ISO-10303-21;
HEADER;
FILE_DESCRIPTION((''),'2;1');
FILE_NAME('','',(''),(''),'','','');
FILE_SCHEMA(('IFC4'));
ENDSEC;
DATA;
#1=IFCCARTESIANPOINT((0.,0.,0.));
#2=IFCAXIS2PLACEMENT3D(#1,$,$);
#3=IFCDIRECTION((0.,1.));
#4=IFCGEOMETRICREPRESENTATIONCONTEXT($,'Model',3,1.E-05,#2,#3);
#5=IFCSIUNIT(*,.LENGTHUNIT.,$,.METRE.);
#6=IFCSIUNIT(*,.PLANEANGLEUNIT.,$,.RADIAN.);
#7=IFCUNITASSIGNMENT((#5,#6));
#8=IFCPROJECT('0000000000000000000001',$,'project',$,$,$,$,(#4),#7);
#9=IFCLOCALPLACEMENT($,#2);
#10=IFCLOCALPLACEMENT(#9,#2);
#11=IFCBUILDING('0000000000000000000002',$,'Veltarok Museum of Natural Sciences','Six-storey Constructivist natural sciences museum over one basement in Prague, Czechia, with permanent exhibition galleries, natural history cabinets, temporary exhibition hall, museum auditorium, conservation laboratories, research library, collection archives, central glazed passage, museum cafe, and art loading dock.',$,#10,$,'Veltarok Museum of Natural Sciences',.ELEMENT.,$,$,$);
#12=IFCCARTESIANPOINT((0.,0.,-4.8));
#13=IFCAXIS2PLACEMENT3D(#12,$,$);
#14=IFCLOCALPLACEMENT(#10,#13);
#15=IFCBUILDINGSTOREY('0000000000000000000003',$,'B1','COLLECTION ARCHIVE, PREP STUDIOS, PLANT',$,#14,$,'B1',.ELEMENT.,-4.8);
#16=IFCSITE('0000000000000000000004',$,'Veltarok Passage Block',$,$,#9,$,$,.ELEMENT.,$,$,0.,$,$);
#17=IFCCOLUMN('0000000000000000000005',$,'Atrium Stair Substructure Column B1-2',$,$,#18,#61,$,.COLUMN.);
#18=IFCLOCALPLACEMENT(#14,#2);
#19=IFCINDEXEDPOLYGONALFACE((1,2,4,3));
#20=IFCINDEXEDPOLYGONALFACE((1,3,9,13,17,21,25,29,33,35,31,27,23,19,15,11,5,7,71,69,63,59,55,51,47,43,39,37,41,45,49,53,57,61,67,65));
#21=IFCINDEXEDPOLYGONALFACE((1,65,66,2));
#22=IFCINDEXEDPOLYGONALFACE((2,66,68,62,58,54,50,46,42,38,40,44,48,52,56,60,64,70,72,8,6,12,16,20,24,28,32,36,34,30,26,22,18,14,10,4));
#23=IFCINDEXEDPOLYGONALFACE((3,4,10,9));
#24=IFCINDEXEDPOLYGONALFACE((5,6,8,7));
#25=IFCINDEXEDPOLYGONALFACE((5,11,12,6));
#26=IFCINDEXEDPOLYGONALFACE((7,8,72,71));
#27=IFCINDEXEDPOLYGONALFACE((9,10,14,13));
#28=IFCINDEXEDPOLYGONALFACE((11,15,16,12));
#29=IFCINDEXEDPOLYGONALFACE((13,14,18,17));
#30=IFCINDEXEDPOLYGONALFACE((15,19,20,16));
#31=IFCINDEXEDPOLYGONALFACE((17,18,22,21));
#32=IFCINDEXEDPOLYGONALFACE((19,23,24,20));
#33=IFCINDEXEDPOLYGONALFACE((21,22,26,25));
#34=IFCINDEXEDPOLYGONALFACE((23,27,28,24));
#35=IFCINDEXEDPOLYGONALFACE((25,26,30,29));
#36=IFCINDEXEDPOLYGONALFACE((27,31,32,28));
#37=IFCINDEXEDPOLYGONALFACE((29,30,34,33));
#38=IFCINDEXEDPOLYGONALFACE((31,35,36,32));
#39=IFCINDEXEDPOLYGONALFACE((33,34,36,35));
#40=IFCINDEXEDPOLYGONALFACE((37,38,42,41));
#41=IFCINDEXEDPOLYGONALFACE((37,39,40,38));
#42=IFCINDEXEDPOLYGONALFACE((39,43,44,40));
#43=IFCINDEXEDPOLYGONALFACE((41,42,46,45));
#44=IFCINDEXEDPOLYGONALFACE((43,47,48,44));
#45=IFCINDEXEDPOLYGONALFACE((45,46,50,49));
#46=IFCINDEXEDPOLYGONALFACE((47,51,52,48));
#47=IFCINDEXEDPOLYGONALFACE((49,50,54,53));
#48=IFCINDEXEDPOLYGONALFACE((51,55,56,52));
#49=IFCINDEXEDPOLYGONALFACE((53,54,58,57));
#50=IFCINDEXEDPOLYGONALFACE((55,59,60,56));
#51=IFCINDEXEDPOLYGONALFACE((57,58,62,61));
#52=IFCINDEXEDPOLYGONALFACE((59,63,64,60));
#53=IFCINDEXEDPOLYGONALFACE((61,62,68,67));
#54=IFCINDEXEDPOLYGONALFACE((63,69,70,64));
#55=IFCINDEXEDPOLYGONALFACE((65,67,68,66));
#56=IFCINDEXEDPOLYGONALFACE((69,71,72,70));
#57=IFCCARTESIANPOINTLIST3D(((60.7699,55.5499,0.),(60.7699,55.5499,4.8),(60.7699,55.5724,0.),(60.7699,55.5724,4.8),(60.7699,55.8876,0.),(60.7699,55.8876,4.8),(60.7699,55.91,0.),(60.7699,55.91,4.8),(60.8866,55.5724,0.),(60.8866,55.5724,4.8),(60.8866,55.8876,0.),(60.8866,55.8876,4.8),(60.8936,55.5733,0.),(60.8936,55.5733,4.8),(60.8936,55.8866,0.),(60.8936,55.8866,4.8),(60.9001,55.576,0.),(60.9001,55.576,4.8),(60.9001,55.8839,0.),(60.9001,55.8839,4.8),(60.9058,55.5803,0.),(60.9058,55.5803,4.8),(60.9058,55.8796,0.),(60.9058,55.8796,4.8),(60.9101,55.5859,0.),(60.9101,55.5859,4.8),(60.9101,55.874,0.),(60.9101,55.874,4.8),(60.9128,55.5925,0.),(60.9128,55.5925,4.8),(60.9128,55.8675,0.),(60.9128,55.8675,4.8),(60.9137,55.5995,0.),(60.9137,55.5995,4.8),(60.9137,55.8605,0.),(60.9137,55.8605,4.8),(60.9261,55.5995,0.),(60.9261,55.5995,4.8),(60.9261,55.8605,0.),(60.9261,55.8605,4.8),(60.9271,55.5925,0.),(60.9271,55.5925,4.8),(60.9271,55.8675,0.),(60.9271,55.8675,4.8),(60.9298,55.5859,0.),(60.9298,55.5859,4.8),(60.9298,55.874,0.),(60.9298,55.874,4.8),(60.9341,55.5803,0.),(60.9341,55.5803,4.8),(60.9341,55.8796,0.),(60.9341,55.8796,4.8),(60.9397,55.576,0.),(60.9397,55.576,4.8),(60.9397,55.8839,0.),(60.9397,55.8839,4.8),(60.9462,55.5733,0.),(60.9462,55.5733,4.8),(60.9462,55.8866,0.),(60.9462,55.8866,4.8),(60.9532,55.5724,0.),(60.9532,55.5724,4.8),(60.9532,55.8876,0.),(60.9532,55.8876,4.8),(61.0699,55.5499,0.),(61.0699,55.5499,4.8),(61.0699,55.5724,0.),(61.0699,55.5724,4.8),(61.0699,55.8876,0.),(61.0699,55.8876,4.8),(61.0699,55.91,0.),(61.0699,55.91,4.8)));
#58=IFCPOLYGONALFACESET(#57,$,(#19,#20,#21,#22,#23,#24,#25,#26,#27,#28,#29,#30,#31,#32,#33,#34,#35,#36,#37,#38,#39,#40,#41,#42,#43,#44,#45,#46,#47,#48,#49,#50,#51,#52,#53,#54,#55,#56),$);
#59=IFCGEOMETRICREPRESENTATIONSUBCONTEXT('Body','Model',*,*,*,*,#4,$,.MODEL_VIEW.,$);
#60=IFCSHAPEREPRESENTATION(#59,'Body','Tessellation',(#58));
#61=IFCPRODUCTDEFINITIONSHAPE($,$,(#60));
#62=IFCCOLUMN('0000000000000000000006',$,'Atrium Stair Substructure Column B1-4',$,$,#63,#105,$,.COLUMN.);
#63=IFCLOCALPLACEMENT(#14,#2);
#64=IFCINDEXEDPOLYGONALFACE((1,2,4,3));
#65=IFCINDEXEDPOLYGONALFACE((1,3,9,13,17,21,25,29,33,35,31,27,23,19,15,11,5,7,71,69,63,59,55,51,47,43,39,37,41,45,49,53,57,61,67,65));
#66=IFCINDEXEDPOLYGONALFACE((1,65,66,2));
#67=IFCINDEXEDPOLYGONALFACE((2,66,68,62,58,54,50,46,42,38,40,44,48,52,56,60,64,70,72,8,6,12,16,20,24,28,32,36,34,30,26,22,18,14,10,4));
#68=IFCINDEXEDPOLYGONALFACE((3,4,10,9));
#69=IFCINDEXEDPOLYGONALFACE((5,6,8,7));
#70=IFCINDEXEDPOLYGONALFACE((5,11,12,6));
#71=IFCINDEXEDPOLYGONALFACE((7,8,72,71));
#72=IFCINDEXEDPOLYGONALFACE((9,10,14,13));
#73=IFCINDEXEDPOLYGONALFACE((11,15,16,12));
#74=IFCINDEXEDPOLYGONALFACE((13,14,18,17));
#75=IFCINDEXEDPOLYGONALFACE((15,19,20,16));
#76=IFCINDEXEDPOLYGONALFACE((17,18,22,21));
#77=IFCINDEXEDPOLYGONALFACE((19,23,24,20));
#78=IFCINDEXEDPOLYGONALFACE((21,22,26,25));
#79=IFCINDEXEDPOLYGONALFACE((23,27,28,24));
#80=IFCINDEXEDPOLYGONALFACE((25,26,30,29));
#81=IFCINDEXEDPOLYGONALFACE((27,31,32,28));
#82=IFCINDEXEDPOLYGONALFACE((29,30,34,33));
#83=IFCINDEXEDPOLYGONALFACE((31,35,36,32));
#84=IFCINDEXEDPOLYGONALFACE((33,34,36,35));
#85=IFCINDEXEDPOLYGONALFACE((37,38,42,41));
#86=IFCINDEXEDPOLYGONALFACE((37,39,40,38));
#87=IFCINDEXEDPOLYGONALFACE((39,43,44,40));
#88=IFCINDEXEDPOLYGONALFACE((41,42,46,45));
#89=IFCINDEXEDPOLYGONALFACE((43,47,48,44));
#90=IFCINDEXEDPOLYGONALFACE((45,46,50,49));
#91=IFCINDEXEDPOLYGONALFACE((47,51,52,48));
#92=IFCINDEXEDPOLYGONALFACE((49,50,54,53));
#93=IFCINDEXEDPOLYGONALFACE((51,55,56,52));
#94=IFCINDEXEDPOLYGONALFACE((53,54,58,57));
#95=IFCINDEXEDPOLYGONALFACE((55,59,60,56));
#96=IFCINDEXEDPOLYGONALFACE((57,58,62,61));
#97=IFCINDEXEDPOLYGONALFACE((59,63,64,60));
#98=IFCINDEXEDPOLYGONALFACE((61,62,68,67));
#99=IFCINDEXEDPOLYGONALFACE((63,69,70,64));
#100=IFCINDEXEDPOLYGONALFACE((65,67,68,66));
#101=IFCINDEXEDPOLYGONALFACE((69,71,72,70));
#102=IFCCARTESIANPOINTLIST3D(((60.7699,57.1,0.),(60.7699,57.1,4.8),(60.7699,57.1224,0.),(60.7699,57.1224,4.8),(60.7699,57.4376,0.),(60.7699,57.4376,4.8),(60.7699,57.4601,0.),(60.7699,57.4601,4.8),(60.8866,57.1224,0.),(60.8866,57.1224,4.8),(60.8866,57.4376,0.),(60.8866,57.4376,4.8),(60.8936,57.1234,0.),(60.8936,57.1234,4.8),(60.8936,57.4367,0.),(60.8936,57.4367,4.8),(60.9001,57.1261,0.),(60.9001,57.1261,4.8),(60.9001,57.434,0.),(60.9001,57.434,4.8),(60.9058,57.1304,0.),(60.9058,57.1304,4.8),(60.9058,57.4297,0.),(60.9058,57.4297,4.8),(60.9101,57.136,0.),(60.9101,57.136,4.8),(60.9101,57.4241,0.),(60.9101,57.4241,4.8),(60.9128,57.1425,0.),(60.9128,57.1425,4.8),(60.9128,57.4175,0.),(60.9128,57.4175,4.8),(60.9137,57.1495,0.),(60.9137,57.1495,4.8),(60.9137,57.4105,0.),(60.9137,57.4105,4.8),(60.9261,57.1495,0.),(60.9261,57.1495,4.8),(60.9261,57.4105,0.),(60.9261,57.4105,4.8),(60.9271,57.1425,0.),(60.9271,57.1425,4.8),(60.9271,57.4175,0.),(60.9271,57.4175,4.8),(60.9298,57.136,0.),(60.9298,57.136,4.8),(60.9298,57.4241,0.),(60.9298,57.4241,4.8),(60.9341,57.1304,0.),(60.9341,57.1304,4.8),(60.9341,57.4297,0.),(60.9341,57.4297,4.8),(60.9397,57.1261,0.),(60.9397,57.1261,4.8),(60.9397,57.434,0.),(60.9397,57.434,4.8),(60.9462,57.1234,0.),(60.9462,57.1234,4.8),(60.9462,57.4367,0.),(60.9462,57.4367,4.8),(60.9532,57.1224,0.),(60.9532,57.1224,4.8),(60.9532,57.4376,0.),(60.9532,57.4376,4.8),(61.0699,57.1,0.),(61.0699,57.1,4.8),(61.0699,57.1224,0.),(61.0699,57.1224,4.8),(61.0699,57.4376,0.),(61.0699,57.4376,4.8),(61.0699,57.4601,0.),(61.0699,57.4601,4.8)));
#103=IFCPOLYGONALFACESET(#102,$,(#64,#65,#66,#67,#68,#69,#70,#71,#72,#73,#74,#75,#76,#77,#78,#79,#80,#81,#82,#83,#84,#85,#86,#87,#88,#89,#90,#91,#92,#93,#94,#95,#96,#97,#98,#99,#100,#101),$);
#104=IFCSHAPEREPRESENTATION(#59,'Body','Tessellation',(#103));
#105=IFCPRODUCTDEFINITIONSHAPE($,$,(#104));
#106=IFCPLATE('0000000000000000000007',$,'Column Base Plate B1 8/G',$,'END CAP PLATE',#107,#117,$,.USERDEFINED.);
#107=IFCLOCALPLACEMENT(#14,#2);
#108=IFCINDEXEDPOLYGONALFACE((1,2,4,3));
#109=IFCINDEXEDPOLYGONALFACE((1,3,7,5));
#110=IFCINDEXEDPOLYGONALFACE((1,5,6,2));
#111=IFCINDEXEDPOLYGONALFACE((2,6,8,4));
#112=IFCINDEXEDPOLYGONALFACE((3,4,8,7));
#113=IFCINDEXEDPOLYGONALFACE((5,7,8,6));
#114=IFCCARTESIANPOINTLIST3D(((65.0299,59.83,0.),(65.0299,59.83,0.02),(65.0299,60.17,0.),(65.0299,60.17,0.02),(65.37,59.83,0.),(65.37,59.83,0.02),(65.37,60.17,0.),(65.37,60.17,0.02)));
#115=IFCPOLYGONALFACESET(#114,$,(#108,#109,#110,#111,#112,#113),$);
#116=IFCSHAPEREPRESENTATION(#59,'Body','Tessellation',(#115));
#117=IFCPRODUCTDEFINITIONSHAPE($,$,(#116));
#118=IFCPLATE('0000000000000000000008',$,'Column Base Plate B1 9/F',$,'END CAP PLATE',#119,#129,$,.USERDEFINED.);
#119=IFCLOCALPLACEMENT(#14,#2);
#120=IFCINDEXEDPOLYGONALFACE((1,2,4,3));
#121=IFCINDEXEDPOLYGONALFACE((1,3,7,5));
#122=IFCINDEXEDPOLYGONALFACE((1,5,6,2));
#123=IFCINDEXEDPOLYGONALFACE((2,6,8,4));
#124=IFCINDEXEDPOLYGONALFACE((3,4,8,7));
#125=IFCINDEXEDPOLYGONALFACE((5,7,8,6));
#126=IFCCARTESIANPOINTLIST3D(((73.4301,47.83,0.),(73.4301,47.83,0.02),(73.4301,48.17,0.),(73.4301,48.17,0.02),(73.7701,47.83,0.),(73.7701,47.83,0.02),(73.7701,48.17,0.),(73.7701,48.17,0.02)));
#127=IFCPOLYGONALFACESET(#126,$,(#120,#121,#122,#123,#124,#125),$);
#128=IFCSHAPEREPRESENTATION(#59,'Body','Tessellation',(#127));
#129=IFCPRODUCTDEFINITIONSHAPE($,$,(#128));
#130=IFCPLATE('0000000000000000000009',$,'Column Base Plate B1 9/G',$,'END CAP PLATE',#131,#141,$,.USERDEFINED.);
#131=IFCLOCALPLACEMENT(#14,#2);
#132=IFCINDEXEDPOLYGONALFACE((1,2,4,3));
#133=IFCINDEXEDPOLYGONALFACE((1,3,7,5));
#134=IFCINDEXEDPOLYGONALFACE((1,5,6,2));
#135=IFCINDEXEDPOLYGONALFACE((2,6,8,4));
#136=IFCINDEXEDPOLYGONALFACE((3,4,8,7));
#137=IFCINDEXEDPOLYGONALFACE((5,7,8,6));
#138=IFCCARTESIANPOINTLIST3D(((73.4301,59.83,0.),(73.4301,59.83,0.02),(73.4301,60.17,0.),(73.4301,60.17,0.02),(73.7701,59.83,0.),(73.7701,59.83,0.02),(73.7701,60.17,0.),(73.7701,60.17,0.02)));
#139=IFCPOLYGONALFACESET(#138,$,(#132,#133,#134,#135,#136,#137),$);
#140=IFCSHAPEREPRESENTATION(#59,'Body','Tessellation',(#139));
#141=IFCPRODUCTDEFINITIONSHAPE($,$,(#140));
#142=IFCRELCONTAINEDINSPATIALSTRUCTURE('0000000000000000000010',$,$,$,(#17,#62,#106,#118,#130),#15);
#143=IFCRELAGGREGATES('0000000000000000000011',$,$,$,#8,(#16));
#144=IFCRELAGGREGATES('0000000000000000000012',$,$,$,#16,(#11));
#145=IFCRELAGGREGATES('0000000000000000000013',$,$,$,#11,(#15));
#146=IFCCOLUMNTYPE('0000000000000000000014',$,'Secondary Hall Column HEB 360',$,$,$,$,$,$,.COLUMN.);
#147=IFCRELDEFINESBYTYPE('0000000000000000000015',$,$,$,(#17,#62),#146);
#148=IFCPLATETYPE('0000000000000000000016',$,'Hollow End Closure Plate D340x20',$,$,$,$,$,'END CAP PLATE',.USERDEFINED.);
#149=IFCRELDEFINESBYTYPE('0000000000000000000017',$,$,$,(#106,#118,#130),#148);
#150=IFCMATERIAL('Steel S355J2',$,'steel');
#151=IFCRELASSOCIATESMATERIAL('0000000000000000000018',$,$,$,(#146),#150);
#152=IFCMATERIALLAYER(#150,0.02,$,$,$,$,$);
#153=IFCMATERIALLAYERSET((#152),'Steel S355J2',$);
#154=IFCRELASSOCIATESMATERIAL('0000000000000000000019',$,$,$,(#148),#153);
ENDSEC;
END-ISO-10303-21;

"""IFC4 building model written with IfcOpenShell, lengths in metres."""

from ifc_helpers import new_model, si_unit, direction, frame, origin, origin_2d, place, context, subcontext, project, spatial, rectangle, i_section, extrude, material, layer, layer_set, material_profile, profile_set, type_object, element, save


model = new_model("IFC4")

# Units and contexts
model_context = context("Model", 3, precision=1e-05, world=origin(), true_north=direction((0.0, 1.0)))
body_context = subcontext(model_context, "Body", "Model", "MODEL_VIEW")
ifc_project = project(units=[si_unit("LENGTHUNIT", "METRE"), si_unit("PLANEANGLEUNIT", "RADIAN")], contexts=[model_context])

# Site, building, storey
site_placement = place(None, origin())
site = spatial("IfcSite", under=ifc_project, at=site_placement, Name="Veltarok Passage Block", CompositionType="ELEMENT", RefElevation=0.0)
building_placement = place(site_placement, origin())
building = spatial("IfcBuilding", under=site, at=building_placement, Name="Veltarok Museum of Natural Sciences", Description="Six-storey Constructivist natural sciences museum over one basement in Prague, Czechia, with permanent exhibition galleries, natural history cabinets, temporary exhibition hall, museum auditorium, conservation laboratories, research library, collection archives, central glazed passage, museum cafe, and art loading dock.", LongName="Veltarok Museum of Natural Sciences", CompositionType="ELEMENT")
storey_placement = place(building_placement, frame((0.0, 0.0, -4.8)))
storey = spatial("IfcBuildingStorey", under=building, at=storey_placement, Name="B1", Description="COLLECTION ARCHIVE, PREP STUDIOS, PLANT", LongName="B1", CompositionType="ELEMENT", Elevation=-4.8)

# Columns
ifc_material_1 = material(Name="Steel S355J2", Category="steel")
ifc_material_profile_1 = material_profile(ifc_material_1, i_section(OverallWidth=0.3, OverallDepth=0.3601, WebThickness=0.0125, FlangeThickness=0.0225, FilletRadius=0.0271, at=origin_2d()), Name="HEB 360")
ifc_profile_set_1 = profile_set([ifc_material_profile_1], Name="Steel S355J2")
column_type_1 = type_object("IfcColumnType", Name="Secondary Hall Column HEB 360", PredefinedType="COLUMN", material=ifc_profile_set_1)
for number, where, z_axis, x_axis, name in (
    (1, (60.9199, 55.73, 0.0), (0.0, 0.0, 1.0), (1.0, 0.0, 0.0), "Atrium Stair Substructure Column B1-2"),
    (2, (60.9199, 57.28, 0.0), (0.0, 0.0, 1.0), (1.0, 0.0, 0.0), "Atrium Stair Substructure Column B1-4"),
):
    element("IfcColumn", number, at=place(storey_placement, frame(where, z_axis=z_axis, x_axis=x_axis)), inside=storey, type_object=column_type_1, Name=name, PredefinedType="COLUMN", context=body_context, shape_type="SweptSolid", body=[
        extrude(i_section(OverallWidth=0.3, OverallDepth=0.3601, WebThickness=0.0125, FlangeThickness=0.0225, FilletRadius=0.0271, at=origin_2d()), origin(), (0.0, 0.0, 1.0), 4.8),
    ])

# Plates
ifc_layer = layer(ifc_material_1, 0.02)
ifc_layer_set = layer_set([ifc_layer], Name="Steel S355J2")
plate_type = type_object("IfcPlateType", Name="Hollow End Closure Plate D340x20", ElementType="END CAP PLATE", PredefinedType="USERDEFINED", material=ifc_layer_set)
for number, where, z_axis, x_axis, name in (
    (3, (65.2, 60.0, 0.0), (0.0, 0.0, 1.0), (1.0, 0.0, 0.0), "Column Base Plate B1 8/G"),
    (4, (73.6001, 48.0, 0.0), (0.0, 0.0, 1.0), (1.0, 0.0, 0.0), "Column Base Plate B1 9/F"),
    (5, (73.6001, 60.0, 0.0), (0.0, 0.0, 1.0), (1.0, 0.0, 0.0), "Column Base Plate B1 9/G"),
):
    element("IfcPlate", number, at=place(storey_placement, frame(where, z_axis=z_axis, x_axis=x_axis)), inside=storey, type_object=plate_type, Name=name, ObjectType="END CAP PLATE", PredefinedType="USERDEFINED", context=body_context, shape_type="SweptSolid", body=[
        extrude(rectangle(XDim=0.3401, YDim=0.3401, at=origin_2d()), origin(), (0.0, 0.0, 1.0), 0.02),
    ])

save(model, "model.ifc")
